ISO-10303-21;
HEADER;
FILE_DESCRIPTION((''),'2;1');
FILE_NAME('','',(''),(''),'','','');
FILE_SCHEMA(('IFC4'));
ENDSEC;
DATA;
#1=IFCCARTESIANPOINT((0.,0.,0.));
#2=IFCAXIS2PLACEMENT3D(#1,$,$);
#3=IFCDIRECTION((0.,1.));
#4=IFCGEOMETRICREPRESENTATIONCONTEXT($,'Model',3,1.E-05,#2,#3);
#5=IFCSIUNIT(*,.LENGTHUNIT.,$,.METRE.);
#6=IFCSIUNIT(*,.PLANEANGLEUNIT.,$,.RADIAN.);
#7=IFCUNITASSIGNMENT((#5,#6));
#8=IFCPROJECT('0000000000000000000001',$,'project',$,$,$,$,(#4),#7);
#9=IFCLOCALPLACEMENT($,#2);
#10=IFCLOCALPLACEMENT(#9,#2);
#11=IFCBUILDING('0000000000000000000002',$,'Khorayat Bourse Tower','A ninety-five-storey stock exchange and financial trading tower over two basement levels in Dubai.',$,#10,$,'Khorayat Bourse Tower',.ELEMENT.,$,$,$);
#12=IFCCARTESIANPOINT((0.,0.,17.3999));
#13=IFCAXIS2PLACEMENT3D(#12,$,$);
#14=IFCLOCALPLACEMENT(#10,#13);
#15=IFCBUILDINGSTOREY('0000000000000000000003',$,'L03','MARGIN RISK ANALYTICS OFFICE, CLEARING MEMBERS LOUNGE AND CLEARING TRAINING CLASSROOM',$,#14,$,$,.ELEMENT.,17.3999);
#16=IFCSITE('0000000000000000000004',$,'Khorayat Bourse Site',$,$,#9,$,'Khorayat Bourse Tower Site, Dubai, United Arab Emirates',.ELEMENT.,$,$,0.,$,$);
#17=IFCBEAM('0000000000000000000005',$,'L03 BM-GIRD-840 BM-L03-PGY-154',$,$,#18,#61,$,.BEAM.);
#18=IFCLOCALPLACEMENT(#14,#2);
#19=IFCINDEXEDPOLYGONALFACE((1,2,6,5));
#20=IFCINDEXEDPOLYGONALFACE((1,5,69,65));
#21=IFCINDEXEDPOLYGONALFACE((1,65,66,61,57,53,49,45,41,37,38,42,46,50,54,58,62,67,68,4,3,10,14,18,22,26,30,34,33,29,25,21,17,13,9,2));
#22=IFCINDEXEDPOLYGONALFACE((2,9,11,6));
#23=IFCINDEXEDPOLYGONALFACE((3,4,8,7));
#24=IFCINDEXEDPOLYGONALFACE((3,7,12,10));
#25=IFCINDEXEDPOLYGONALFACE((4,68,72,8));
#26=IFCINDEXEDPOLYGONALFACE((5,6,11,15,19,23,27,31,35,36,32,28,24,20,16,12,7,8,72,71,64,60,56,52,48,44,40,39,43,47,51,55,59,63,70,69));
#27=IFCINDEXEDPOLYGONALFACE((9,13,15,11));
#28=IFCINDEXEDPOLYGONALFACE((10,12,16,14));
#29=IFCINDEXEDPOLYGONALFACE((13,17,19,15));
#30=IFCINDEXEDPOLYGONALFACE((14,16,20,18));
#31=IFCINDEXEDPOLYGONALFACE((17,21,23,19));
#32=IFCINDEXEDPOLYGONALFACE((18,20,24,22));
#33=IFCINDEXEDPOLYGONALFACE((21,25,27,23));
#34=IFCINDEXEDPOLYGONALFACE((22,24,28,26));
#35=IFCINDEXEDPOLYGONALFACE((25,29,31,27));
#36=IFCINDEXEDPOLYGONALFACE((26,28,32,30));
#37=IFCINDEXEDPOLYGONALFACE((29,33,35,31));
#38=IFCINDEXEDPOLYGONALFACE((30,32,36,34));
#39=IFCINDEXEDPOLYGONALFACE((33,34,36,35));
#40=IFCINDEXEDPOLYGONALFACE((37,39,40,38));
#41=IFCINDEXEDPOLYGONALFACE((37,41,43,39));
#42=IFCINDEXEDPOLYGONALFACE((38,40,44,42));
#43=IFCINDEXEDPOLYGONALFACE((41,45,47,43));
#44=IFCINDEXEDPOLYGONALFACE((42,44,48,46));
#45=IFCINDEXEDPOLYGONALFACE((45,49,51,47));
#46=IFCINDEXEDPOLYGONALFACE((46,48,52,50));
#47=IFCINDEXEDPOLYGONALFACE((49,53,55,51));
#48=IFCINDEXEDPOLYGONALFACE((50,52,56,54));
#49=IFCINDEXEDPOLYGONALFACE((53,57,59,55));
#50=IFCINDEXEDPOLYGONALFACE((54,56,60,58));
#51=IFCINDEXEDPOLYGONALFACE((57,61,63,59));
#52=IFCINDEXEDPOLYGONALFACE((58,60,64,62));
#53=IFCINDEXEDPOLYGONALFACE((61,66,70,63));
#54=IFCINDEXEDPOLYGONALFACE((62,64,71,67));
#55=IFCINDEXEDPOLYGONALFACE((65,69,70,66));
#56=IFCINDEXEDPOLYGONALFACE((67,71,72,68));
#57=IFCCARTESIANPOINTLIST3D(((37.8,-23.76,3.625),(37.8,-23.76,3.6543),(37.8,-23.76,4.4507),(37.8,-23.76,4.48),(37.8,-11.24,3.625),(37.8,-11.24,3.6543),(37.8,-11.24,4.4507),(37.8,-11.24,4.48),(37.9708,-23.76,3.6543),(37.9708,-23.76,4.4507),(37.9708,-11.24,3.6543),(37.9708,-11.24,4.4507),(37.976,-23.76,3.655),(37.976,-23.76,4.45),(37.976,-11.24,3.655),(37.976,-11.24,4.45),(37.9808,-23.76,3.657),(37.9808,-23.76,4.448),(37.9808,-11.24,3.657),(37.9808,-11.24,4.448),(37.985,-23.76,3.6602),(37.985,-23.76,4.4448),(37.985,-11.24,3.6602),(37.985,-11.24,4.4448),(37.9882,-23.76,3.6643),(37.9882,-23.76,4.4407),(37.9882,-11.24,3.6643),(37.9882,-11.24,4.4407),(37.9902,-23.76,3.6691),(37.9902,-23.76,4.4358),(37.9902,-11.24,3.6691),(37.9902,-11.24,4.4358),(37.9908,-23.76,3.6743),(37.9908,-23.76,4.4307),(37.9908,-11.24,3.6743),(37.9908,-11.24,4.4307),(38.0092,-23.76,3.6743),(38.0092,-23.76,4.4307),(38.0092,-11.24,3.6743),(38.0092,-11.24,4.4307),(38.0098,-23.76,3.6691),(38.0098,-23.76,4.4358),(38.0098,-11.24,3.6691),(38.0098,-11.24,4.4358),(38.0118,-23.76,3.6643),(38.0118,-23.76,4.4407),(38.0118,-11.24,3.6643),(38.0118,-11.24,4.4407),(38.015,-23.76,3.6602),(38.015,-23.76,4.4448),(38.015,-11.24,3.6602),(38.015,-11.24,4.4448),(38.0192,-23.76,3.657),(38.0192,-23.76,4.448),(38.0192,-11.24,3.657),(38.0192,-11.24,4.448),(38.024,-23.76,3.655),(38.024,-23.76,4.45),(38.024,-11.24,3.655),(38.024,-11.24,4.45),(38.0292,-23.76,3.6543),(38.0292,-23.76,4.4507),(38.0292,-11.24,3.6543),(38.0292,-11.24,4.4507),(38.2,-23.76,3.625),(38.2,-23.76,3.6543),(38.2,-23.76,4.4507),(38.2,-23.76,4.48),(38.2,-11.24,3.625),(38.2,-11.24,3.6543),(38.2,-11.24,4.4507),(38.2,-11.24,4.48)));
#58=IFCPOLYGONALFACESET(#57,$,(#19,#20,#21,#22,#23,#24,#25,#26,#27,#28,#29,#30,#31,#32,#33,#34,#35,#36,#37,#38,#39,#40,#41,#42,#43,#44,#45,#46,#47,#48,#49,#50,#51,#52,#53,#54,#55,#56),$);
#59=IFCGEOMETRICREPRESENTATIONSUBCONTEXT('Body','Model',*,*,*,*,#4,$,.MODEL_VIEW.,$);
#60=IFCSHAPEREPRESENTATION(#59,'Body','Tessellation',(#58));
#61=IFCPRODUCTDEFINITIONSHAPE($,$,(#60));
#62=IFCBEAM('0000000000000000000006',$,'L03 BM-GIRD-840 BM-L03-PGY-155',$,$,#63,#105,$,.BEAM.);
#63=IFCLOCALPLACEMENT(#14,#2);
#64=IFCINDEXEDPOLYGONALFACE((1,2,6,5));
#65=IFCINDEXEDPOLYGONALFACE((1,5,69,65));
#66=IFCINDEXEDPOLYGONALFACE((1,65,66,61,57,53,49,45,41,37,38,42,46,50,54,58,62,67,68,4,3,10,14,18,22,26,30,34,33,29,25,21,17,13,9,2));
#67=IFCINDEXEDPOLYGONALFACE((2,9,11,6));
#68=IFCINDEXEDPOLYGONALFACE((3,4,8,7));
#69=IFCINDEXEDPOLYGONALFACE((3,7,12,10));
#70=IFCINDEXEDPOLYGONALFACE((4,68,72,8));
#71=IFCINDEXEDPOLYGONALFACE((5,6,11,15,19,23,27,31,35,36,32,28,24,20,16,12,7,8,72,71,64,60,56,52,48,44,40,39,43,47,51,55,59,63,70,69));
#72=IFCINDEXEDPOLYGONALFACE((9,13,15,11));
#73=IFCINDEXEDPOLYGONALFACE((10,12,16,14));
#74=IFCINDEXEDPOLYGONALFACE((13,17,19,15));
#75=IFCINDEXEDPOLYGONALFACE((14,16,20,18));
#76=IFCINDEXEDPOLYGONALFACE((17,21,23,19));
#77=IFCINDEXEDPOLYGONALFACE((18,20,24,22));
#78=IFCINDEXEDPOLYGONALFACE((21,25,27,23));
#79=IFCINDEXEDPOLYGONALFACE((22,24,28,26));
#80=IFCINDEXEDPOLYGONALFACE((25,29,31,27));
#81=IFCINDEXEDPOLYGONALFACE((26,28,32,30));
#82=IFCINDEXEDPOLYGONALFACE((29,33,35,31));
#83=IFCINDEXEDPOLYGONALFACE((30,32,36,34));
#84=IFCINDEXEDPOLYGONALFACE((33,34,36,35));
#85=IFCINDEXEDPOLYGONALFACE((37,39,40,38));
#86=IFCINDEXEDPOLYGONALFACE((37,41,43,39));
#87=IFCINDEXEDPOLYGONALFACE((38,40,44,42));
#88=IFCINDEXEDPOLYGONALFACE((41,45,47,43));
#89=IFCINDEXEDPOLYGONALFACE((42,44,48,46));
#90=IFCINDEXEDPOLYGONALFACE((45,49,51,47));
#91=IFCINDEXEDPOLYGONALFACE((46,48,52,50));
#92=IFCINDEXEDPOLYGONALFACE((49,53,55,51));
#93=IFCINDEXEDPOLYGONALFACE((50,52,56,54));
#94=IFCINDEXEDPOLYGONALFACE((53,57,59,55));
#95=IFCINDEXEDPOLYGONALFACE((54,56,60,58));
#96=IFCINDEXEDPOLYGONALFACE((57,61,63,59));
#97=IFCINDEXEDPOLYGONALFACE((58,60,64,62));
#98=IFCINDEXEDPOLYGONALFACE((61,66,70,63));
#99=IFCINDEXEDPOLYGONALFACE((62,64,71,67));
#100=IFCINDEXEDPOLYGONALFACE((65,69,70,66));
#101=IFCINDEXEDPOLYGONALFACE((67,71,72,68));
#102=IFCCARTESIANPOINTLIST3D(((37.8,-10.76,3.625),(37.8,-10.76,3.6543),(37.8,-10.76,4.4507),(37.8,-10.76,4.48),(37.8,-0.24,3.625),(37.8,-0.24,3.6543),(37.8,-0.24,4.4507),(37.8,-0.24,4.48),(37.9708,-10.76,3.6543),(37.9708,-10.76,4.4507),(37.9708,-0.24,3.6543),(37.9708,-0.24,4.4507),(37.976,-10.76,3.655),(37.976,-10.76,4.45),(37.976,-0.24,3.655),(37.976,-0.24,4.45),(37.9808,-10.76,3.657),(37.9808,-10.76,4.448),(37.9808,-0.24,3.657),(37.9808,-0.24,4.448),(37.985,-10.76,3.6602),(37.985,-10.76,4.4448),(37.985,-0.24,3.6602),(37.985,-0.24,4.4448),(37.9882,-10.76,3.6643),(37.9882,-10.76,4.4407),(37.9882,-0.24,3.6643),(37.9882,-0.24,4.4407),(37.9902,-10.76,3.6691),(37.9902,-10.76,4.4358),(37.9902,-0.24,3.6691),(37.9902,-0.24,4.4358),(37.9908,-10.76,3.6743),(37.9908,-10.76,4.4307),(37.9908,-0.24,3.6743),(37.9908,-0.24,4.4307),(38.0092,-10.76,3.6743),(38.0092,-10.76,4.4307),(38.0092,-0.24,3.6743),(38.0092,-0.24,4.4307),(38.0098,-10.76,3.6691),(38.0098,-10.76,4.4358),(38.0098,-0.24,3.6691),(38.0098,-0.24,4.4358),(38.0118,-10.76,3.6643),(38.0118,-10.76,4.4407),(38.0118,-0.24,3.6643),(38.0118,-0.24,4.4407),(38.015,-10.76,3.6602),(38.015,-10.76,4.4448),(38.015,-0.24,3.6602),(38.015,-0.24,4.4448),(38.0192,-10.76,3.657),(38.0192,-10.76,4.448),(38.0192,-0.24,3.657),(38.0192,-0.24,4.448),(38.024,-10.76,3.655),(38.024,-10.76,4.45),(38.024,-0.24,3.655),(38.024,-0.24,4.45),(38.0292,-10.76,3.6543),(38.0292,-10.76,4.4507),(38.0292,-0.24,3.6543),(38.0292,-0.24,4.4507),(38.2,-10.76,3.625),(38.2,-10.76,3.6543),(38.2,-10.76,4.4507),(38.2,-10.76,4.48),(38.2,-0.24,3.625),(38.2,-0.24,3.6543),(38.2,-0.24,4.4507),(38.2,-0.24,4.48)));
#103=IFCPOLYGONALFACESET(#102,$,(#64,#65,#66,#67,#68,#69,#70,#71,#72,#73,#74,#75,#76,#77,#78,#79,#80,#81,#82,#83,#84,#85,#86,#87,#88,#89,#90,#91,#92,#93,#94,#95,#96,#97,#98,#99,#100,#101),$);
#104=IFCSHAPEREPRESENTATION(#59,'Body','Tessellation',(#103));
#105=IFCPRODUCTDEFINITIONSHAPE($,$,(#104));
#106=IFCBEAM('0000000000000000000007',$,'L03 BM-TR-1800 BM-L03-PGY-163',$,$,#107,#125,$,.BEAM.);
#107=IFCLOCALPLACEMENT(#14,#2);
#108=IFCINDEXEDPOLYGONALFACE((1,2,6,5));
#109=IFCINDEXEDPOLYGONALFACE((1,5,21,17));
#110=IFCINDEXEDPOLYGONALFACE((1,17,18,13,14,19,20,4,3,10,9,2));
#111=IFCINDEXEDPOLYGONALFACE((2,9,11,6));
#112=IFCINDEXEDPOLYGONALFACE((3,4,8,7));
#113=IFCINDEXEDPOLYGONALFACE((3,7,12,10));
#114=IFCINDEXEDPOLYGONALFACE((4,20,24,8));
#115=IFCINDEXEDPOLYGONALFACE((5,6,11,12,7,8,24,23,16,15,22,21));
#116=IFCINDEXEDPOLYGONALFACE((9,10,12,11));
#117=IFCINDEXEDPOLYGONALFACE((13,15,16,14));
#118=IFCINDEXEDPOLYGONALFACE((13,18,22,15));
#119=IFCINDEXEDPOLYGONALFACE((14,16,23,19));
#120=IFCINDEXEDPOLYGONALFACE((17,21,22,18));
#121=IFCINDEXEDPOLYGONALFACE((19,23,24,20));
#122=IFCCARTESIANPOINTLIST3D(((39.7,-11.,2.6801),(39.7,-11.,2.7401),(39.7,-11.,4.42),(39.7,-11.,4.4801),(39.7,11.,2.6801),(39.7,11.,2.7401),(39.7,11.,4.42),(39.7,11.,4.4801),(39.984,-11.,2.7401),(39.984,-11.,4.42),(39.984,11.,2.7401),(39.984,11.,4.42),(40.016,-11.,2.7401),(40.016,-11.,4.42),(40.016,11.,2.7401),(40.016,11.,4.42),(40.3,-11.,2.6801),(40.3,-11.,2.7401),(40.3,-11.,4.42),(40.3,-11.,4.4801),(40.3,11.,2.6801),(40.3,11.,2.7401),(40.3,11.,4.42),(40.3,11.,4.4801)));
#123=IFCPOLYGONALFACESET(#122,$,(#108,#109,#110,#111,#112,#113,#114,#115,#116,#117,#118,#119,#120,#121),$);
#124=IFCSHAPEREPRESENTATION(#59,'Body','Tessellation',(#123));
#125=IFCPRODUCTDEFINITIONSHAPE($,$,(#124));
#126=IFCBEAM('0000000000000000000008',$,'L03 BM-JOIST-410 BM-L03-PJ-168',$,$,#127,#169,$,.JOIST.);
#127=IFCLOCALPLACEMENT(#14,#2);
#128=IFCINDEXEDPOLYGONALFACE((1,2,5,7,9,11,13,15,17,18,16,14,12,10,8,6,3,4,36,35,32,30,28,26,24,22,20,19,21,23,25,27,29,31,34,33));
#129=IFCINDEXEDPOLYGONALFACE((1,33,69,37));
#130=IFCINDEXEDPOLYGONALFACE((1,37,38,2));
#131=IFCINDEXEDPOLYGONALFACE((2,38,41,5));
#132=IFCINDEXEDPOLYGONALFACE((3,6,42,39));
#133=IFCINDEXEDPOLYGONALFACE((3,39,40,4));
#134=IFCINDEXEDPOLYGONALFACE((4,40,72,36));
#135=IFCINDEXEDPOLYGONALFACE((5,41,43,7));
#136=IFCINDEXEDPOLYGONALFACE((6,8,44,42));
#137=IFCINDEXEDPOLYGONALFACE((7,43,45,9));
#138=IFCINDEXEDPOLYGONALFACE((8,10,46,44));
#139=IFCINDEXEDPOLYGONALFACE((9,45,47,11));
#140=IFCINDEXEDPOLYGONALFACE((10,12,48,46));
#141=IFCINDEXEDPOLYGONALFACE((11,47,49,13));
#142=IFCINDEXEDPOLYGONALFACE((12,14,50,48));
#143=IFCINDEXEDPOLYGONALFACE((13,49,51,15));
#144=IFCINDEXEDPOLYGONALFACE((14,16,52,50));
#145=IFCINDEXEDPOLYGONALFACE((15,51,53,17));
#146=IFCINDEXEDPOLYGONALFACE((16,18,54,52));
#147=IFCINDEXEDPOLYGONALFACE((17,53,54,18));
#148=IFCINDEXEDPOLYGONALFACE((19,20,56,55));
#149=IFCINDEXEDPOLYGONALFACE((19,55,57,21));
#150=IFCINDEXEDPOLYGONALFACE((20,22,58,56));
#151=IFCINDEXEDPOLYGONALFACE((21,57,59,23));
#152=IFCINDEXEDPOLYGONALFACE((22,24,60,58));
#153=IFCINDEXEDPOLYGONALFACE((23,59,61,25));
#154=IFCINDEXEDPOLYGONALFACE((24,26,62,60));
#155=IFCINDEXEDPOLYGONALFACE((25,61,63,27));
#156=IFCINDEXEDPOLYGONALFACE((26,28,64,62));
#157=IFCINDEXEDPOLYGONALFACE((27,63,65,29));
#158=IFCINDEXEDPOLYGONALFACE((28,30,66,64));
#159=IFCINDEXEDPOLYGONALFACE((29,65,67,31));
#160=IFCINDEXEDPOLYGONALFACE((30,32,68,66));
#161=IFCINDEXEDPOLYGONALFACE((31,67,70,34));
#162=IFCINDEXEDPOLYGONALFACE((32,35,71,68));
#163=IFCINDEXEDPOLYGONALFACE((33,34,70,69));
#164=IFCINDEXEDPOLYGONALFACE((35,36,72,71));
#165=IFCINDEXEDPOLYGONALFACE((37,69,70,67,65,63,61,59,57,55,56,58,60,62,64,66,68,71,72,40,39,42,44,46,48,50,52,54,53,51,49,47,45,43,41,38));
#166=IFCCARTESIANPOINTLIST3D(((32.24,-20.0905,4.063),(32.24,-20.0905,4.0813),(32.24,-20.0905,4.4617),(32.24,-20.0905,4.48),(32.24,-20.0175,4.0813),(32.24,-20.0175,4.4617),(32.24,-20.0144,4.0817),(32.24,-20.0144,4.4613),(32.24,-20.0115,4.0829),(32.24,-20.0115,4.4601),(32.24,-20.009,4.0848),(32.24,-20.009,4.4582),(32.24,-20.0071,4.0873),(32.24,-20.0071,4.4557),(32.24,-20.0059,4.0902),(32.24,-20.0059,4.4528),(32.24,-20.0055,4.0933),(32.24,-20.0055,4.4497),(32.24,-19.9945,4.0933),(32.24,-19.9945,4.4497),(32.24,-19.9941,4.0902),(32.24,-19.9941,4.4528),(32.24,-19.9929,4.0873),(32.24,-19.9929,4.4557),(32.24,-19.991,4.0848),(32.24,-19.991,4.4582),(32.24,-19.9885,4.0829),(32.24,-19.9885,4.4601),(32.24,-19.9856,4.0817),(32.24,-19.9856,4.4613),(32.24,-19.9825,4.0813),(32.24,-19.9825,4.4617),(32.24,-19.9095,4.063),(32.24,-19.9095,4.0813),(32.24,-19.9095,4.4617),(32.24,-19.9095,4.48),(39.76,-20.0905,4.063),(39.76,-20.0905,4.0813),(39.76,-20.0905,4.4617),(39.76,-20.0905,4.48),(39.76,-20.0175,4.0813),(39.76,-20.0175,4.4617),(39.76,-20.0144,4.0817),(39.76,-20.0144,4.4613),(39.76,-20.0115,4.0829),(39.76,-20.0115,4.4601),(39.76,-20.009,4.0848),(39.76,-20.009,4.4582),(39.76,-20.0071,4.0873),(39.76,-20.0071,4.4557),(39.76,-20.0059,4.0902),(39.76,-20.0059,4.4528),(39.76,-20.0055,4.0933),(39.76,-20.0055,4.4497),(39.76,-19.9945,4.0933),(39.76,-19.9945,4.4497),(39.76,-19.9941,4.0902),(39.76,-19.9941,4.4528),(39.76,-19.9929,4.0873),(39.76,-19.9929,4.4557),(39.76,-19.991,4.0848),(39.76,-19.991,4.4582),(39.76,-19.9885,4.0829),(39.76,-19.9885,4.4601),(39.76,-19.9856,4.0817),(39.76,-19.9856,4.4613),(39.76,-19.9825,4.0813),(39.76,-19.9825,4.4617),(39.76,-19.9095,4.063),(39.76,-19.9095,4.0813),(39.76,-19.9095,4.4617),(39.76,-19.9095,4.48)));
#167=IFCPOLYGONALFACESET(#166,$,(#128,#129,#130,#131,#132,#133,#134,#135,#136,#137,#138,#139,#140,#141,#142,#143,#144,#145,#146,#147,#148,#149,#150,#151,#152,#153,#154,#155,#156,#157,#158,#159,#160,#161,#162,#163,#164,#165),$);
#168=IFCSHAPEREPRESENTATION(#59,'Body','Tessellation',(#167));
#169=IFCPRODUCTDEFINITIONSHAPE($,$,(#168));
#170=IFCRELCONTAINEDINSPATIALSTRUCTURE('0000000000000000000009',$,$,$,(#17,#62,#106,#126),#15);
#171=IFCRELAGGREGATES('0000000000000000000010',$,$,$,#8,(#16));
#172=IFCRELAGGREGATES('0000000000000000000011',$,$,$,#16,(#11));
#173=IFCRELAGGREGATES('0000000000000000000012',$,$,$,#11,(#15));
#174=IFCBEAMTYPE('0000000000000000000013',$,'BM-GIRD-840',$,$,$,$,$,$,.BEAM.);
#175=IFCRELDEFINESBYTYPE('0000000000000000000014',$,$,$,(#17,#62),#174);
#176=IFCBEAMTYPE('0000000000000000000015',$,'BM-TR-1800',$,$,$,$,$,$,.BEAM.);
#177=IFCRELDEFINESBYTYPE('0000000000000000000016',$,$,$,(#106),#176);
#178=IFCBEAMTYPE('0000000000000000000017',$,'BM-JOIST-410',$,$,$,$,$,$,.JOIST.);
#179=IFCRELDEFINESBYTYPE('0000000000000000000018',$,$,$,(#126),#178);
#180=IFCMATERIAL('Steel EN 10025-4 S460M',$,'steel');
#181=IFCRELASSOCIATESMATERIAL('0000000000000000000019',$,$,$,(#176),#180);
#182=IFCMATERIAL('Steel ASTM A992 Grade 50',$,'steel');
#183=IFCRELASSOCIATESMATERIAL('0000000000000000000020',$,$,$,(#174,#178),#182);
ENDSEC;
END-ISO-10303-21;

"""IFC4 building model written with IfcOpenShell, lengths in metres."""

from ifc_helpers import new_model, si_unit, direction, frame, origin, origin_2d, place, context, subcontext, project, spatial, i_section, extrude, source, transform, mapped, material, material_profile, profile_set, type_object, element, save


model = new_model("IFC4")

# Units and contexts
model_context = context("Model", 3, precision=1e-05, world=origin(), true_north=direction((0.0, 1.0)))
body_context = subcontext(model_context, "Body", "Model", "MODEL_VIEW")
ifc_project = project(units=[si_unit("LENGTHUNIT", "METRE"), si_unit("PLANEANGLEUNIT", "RADIAN")], contexts=[model_context])

# Site, building, storey
site_placement = place(None, origin())
site = spatial("IfcSite", under=ifc_project, at=site_placement, Name="Khorayat Bourse Site", LongName="Khorayat Bourse Tower Site, Dubai, United Arab Emirates", CompositionType="ELEMENT", RefElevation=0.0)
building_placement = place(site_placement, origin())
building = spatial("IfcBuilding", under=site, at=building_placement, Name="Khorayat Bourse Tower", Description="A ninety-five-storey stock exchange and financial trading tower over two basement levels in Dubai.", LongName="Khorayat Bourse Tower", CompositionType="ELEMENT")
storey_placement = place(building_placement, frame((0.0, 0.0, 17.3999)))
storey = spatial("IfcBuildingStorey", under=building, at=storey_placement, Name="L03", Description="MARGIN RISK ANALYTICS OFFICE, CLEARING MEMBERS LOUNGE AND CLEARING TRAINING CLASSROOM", CompositionType="ELEMENT", Elevation=17.3999)

# Beams
ifc_material_1 = material(Name="Steel EN 10025-4 S460M", Category="steel")
ifc_material_profile_1 = material_profile(ifc_material_1, i_section(OverallWidth=0.6001, OverallDepth=1.8, WebThickness=0.032, FlangeThickness=0.0601, at=origin_2d()), Name="PG 1800x600x32x60")
ifc_profile_set_1 = profile_set([ifc_material_profile_1], Name="Steel EN 10025-4 S460M")
beam_type_1 = type_object("IfcBeamType", Name="BM-TR-1800", PredefinedType="BEAM", material=ifc_profile_set_1)
ifc_material_2 = material(Name="Steel ASTM A992 Grade 50", Category="steel")
ifc_material_profile_2 = material_profile(ifc_material_2, i_section(OverallWidth=0.3999, OverallDepth=0.855, WebThickness=0.0183, FlangeThickness=0.0293, FilletRadius=0.02, at=origin_2d()), Name="W840X299")
ifc_profile_set_2 = profile_set([ifc_material_profile_2], Name="Steel ASTM A992 Grade 50")
beam_type_2 = type_object("IfcBeamType", Name="BM-GIRD-840", PredefinedType="BEAM", material=ifc_profile_set_2)
shared_shape_1 = source(origin(), body_context, "Body", "SweptSolid", [
    extrude(i_section(OverallWidth=0.3999, OverallDepth=0.855, WebThickness=0.0183, FlangeThickness=0.0293, FilletRadius=0.02, at=origin_2d()), origin(), (0.0, 0.0, 1.0), 12.52),
])
beam_1_placement = place(storey_placement, frame((38.0, -23.76, 4.0525), z_axis=(0.0, 1.0, 0.0), x_axis=(-1.0, 0.0, 0.0)))
element("IfcBeam", 1, at=beam_1_placement, inside=storey, type_object=beam_type_2, Name="L03 BM-GIRD-840 BM-L03-PGY-154", PredefinedType="BEAM", context=body_context, shape_type="MappedRepresentation", body=[
    mapped(shared_shape_1, transform((0.0, 0.0, 0.0), scale=1.0)),
])
shared_shape_2 = source(origin(), body_context, "Body", "SweptSolid", [
    extrude(i_section(OverallWidth=0.3999, OverallDepth=0.855, WebThickness=0.0183, FlangeThickness=0.0293, FilletRadius=0.02, at=origin_2d()), origin(), (0.0, 0.0, 1.0), 10.52),
])
beam_2_placement = place(storey_placement, frame((38.0, -10.76, 4.0525), z_axis=(0.0, 1.0, 0.0), x_axis=(-1.0, 0.0, 0.0)))
element("IfcBeam", 2, at=beam_2_placement, inside=storey, type_object=beam_type_2, Name="L03 BM-GIRD-840 BM-L03-PGY-155", PredefinedType="BEAM", context=body_context, shape_type="MappedRepresentation", body=[
    mapped(shared_shape_2, transform((0.0, 0.0, 0.0), scale=1.0)),
])
shared_shape_3 = source(origin(), body_context, "Body", "SweptSolid", [
    extrude(i_section(OverallWidth=0.6001, OverallDepth=1.8, WebThickness=0.032, FlangeThickness=0.0601, at=origin_2d()), origin(), (0.0, 0.0, 1.0), 22.0),
])
beam_3_placement = place(storey_placement, frame((40.0, -11.0, 3.5801), z_axis=(0.0, 1.0, 0.0), x_axis=(-1.0, 0.0, 0.0)))
element("IfcBeam", 3, at=beam_3_placement, inside=storey, type_object=beam_type_1, Name="L03 BM-TR-1800 BM-L03-PGY-163", PredefinedType="BEAM", context=body_context, shape_type="MappedRepresentation", body=[
    mapped(shared_shape_3, transform((0.0, 0.0, 0.0), scale=1.0)),
])
ifc_material_profile_3 = material_profile(ifc_material_2, i_section(OverallWidth=0.1809, OverallDepth=0.417, WebThickness=0.011, FlangeThickness=0.0183, FilletRadius=0.012, at=origin_2d()), Name="W410X85")
ifc_profile_set_3 = profile_set([ifc_material_profile_3], Name="Steel ASTM A992 Grade 50")
beam_type_3 = type_object("IfcBeamType", Name="BM-JOIST-410", PredefinedType="JOIST", material=ifc_profile_set_3)
shared_shape_4 = source(origin(), body_context, "Body", "SweptSolid", [
    extrude(i_section(OverallWidth=0.1809, OverallDepth=0.417, WebThickness=0.011, FlangeThickness=0.0183, FilletRadius=0.012, at=origin_2d()), origin(), (0.0, 0.0, 1.0), 7.52),
])
for number, where, z_axis, x_axis, name in (
    (4, (32.24, -20.0, 4.2715), (1.0, 0.0, 0.0), (0.0, 1.0, 0.0), "L03 BM-JOIST-410 BM-L03-PJ-168"),
):
    element("IfcBeam", number, at=place(storey_placement, frame(where, z_axis=z_axis, x_axis=x_axis)), inside=storey, type_object=beam_type_3, Name=name, PredefinedType="JOIST", context=body_context, shape_type="MappedRepresentation", body=[
        mapped(shared_shape_4, transform((0.0, 0.0, 0.0), scale=1.0)),
    ])

save(model, "model.ifc")
